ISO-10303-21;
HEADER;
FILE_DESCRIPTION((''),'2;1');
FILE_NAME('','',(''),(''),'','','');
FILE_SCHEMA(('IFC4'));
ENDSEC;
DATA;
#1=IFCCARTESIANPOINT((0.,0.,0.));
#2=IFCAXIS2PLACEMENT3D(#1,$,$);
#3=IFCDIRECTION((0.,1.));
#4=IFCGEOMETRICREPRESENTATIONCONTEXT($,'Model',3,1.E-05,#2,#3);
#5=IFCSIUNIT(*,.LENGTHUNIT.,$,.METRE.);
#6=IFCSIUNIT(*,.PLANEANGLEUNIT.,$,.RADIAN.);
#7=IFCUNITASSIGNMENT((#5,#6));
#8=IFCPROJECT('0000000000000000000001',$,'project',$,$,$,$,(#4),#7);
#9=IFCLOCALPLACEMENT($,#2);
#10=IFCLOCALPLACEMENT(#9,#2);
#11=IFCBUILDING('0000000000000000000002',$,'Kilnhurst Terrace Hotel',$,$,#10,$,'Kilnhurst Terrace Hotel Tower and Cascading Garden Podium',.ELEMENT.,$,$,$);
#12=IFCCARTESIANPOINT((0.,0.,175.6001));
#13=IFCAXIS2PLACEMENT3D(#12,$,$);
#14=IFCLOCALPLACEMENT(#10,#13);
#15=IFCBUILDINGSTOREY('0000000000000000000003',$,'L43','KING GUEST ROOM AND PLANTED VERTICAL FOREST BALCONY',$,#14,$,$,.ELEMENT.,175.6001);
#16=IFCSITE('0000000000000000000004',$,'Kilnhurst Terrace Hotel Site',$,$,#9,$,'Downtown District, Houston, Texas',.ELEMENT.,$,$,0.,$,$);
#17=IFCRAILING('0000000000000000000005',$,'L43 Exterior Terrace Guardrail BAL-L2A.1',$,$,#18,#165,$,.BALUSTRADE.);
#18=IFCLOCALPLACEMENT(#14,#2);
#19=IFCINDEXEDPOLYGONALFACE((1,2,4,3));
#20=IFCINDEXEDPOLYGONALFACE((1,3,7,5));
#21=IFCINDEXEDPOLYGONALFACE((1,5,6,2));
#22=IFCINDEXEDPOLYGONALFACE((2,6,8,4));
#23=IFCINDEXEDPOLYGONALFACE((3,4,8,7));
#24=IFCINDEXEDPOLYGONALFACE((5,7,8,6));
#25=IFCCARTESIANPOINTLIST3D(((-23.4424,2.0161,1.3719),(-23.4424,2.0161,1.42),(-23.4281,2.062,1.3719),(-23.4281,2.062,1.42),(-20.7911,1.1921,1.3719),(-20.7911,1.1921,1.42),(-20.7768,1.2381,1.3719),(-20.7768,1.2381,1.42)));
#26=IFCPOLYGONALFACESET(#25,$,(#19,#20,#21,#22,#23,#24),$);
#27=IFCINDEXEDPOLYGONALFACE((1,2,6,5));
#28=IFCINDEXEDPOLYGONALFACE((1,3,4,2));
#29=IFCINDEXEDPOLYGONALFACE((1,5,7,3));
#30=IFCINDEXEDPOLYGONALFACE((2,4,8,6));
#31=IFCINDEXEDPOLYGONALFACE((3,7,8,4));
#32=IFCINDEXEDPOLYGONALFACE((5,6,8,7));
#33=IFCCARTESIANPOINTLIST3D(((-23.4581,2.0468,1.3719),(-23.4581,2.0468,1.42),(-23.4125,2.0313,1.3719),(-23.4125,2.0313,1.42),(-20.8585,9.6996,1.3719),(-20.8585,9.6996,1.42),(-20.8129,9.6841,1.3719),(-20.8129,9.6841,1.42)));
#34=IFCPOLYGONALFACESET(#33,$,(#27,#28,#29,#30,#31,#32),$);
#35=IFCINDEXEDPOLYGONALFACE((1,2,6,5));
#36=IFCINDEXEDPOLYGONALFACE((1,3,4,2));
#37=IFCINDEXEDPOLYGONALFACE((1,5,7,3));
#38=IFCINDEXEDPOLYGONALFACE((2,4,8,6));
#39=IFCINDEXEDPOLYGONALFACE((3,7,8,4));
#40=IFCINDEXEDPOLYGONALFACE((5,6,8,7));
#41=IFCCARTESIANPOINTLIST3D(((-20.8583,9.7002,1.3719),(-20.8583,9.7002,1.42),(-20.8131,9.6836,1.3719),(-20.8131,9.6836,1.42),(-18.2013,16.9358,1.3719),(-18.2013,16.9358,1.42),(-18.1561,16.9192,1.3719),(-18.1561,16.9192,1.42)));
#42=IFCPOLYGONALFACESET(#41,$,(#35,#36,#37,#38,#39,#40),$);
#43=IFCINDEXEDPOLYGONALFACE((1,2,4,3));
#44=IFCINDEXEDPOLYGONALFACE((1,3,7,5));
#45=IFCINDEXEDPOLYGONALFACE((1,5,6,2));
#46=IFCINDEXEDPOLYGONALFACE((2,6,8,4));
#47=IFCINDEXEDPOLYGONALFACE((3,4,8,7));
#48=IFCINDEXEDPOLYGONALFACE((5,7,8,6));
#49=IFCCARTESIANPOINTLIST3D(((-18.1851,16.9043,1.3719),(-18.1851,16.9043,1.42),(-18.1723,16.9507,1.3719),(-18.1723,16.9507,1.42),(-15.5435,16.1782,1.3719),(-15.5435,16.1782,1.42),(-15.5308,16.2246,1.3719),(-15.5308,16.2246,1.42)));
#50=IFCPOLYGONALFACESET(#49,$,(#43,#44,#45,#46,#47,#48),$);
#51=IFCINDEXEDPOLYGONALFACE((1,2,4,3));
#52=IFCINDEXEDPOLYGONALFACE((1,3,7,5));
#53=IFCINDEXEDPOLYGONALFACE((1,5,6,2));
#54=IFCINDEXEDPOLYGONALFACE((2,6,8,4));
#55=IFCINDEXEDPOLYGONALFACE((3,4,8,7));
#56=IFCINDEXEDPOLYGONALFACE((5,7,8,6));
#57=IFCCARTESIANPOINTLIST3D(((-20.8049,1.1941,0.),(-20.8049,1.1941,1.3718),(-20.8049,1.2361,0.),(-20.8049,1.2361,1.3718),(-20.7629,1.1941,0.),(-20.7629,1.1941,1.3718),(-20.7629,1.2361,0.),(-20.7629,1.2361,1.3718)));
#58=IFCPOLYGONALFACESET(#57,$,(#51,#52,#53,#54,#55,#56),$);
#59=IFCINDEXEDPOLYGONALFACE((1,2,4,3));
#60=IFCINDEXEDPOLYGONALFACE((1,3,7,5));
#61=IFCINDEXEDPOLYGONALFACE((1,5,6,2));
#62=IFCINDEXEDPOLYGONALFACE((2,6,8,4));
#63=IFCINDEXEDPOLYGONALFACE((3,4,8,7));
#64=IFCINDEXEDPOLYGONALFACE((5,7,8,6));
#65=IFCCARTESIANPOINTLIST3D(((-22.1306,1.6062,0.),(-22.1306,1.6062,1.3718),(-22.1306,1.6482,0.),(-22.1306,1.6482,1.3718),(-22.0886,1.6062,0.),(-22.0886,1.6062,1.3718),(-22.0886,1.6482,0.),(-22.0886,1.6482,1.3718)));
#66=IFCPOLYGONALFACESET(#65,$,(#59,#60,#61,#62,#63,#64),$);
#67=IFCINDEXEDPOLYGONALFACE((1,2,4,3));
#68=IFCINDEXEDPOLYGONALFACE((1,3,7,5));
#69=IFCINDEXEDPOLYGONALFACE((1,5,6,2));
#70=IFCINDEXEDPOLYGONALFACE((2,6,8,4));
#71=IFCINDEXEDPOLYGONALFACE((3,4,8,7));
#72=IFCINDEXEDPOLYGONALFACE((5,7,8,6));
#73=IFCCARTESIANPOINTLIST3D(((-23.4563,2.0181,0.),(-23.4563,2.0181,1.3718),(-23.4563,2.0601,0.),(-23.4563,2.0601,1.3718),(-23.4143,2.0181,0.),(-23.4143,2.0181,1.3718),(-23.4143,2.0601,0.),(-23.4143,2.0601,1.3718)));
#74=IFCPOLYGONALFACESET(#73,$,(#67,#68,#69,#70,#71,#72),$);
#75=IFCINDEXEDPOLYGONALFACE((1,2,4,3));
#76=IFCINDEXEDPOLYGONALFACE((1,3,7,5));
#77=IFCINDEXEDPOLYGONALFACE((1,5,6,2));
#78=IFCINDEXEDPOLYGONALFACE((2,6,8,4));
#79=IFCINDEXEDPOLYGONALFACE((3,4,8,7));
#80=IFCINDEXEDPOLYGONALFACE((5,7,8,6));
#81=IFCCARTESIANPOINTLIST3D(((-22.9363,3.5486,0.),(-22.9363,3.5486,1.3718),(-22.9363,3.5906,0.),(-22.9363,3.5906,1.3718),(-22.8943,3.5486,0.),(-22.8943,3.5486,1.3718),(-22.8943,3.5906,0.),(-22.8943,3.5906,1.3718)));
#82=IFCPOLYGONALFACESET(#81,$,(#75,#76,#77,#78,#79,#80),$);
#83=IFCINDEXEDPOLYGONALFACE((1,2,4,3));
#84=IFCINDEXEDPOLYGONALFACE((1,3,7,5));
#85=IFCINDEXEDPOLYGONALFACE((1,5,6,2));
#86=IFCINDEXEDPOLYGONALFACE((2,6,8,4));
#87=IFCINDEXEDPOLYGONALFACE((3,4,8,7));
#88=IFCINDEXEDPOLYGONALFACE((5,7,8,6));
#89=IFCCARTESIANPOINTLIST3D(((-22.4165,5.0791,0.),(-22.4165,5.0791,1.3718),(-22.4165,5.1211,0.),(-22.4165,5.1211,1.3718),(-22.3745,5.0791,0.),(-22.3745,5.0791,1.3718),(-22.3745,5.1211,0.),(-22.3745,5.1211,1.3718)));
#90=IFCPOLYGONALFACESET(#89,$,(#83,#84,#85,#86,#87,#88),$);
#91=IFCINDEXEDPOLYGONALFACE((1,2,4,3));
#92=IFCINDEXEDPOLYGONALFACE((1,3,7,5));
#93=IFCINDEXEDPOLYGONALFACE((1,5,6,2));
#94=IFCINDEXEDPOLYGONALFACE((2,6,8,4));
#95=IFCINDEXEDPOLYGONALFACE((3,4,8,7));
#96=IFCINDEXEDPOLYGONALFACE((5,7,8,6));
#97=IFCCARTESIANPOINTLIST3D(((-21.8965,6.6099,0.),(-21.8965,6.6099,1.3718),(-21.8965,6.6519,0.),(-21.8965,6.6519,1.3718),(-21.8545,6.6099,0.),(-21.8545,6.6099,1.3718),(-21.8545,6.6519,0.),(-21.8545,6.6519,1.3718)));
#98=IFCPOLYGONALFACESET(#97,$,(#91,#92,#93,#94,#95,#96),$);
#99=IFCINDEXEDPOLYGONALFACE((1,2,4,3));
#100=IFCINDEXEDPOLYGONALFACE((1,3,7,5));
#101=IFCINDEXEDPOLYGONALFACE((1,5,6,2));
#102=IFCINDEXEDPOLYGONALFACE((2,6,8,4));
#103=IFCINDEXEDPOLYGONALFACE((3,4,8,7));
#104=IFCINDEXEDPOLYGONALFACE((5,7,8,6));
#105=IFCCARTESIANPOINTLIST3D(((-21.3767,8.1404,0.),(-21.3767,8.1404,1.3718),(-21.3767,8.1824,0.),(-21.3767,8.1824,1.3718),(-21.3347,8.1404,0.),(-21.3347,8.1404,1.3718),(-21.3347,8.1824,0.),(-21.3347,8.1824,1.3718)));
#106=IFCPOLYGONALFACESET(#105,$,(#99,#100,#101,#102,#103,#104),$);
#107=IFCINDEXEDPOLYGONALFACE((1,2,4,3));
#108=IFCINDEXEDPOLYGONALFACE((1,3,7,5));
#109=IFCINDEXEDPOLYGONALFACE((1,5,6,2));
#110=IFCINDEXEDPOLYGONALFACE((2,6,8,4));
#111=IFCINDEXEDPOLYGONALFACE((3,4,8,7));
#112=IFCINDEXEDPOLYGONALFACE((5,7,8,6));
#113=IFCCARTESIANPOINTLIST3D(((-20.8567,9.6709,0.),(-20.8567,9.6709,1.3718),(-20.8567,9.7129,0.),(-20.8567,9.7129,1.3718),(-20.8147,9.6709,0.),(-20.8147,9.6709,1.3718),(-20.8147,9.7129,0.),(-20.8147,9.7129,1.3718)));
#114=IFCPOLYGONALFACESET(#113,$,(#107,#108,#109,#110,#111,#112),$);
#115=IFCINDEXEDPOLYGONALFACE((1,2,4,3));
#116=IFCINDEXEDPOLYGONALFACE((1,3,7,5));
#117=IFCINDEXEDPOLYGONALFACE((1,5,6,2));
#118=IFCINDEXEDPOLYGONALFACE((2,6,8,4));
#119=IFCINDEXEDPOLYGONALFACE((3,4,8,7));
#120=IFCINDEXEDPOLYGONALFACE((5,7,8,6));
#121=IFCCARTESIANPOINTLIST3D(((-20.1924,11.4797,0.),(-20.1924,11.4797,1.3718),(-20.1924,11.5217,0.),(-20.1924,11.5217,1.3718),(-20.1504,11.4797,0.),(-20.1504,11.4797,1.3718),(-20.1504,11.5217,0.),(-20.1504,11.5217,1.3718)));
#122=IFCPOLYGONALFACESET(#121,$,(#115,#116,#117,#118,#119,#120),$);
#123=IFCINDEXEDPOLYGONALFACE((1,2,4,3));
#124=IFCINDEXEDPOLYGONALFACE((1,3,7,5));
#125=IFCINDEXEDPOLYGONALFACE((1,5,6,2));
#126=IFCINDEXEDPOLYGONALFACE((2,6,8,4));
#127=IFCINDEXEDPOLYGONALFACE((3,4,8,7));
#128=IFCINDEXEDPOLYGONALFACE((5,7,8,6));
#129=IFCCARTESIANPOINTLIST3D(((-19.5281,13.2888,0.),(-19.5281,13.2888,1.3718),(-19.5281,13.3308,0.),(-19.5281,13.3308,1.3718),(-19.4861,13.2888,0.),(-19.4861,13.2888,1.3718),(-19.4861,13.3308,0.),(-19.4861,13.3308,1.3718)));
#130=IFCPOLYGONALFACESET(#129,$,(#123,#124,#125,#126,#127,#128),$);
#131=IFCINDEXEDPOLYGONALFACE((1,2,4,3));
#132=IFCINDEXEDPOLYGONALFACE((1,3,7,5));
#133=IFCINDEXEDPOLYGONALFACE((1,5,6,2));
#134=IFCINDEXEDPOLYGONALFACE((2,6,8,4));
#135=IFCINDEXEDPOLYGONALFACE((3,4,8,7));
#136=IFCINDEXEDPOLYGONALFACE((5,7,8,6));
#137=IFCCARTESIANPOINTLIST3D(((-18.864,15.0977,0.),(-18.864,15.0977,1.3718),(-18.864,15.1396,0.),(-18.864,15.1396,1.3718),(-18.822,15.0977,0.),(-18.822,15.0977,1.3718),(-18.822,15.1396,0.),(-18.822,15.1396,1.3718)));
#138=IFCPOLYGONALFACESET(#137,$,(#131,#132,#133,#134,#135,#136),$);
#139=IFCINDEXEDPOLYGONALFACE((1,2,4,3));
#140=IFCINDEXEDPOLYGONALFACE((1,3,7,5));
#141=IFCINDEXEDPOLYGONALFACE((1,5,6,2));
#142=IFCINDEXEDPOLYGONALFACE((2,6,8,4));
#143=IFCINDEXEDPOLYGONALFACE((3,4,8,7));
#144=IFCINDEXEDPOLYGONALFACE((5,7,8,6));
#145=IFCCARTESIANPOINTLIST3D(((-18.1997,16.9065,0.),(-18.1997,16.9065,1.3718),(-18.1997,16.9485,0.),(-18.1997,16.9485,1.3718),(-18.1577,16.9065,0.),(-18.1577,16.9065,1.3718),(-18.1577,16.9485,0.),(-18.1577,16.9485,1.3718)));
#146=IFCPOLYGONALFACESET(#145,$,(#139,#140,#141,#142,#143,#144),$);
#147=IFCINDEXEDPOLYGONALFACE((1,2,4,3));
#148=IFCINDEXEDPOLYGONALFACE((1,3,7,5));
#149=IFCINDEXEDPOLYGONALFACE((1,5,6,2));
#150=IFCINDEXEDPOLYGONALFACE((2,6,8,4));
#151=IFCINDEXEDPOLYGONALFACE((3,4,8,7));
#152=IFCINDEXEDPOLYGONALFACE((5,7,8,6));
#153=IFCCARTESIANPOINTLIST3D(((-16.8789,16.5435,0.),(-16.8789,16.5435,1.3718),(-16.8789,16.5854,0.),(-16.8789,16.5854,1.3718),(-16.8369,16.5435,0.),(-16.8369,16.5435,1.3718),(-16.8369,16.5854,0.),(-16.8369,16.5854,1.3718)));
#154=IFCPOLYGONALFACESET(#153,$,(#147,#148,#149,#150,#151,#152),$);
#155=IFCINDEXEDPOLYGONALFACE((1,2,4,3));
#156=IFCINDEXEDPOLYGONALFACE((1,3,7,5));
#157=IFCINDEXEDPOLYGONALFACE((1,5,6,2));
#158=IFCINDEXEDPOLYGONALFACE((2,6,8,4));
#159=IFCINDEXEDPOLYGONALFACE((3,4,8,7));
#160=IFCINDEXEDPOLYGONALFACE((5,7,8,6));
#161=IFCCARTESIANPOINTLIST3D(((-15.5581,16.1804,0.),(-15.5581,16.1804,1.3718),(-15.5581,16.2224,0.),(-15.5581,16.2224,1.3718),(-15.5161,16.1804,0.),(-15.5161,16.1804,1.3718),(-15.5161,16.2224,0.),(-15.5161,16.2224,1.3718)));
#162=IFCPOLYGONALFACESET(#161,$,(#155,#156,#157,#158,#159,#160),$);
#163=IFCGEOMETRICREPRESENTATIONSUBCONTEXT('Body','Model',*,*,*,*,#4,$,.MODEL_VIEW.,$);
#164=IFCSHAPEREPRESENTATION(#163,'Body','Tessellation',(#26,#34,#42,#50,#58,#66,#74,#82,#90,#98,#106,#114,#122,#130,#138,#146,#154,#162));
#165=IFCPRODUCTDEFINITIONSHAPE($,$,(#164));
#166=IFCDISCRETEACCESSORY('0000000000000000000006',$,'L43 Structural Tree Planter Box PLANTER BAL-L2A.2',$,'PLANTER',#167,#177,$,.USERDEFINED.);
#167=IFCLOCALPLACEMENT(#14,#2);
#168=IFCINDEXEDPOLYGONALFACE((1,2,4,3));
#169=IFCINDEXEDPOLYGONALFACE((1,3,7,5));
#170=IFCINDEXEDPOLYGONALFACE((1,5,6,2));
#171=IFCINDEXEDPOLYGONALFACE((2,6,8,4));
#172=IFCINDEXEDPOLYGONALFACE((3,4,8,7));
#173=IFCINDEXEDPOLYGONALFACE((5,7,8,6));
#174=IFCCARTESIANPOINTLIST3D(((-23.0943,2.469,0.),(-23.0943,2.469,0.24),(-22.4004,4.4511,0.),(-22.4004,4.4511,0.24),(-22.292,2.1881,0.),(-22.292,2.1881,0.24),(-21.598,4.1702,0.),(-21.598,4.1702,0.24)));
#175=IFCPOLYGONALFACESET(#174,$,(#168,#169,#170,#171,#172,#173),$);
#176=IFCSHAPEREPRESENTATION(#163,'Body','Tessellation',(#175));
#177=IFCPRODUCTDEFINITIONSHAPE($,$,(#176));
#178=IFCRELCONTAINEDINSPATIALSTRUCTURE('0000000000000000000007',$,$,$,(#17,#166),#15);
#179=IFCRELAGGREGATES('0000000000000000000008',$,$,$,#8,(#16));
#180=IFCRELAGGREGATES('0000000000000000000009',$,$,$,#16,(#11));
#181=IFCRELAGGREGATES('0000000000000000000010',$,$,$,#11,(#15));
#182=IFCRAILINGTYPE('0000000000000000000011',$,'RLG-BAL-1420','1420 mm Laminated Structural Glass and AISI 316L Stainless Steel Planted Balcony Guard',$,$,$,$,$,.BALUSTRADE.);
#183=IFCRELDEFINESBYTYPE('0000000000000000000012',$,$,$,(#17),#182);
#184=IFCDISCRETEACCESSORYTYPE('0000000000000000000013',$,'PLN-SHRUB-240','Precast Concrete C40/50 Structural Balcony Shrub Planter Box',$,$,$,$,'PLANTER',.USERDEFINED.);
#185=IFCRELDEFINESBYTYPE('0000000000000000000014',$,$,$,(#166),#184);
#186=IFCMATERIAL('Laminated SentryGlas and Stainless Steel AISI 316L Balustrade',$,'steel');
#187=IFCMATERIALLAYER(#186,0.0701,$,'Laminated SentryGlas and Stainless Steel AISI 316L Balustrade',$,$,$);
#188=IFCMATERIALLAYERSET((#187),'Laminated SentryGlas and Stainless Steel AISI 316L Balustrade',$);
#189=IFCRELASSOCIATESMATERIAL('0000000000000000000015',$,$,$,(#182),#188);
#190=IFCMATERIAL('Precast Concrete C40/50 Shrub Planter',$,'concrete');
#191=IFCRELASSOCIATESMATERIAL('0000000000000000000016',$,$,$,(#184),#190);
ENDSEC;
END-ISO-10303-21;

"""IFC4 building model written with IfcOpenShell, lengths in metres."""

from ifc_helpers import new_model, si_unit, direction, frame, origin, origin_2d, place, context, subcontext, project, spatial, rectangle, extrude, material, layer, layer_set, type_object, element, save


model = new_model("IFC4")

# Units and contexts
model_context = context("Model", 3, precision=1e-05, world=origin(), true_north=direction((0.0, 1.0)))
body_context = subcontext(model_context, "Body", "Model", "MODEL_VIEW")
ifc_project = project(units=[si_unit("LENGTHUNIT", "METRE"), si_unit("PLANEANGLEUNIT", "RADIAN")], contexts=[model_context])

# Site, building, storey
site_placement = place(None, origin())
site = spatial("IfcSite", under=ifc_project, at=site_placement, Name="Kilnhurst Terrace Hotel Site", LongName="Downtown District, Houston, Texas", CompositionType="ELEMENT", RefElevation=0.0)
building_placement = place(site_placement, origin())
building = spatial("IfcBuilding", under=site, at=building_placement, Name="Kilnhurst Terrace Hotel", LongName="Kilnhurst Terrace Hotel Tower and Cascading Garden Podium", CompositionType="ELEMENT")
storey_placement = place(building_placement, frame((0.0, 0.0, 175.6001)))
storey = spatial("IfcBuildingStorey", under=building, at=storey_placement, Name="L43", Description="KING GUEST ROOM AND PLANTED VERTICAL FOREST BALCONY", CompositionType="ELEMENT", Elevation=175.6001)

# Railing
ifc_material_1 = material(Name="Laminated SentryGlas and Stainless Steel AISI 316L Balustrade", Category="steel")
ifc_layer_1 = layer(ifc_material_1, 0.0701, Name="Laminated SentryGlas and Stainless Steel AISI 316L Balustrade")
ifc_layer_set_1 = layer_set([ifc_layer_1], Name="Laminated SentryGlas and Stainless Steel AISI 316L Balustrade")
railing_type = type_object("IfcRailingType", Name="RLG-BAL-1420", Description="1420 mm Laminated Structural Glass and AISI 316L Stainless Steel Planted Balcony Guard", PredefinedType="BALUSTRADE", material=ifc_layer_set_1)
railing_placement = place(storey_placement, frame((-20.7839, 1.2151, 0.0)))
element("IfcRailing", 1, at=railing_placement, inside=storey, type_object=railing_type, Name="L43 Exterior Terrace Guardrail BAL-L2A.1", PredefinedType="BALUSTRADE", context=body_context, shape_type="SweptSolid", body=[
    extrude(rectangle(XDim=0.0481, YDim=0.0481, at=origin_2d()), frame((0.0, 0.0, 1.396), z_axis=(-0.954948, 0.296773, 0.0), x_axis=(-0.296773, -0.954948, 0.0)), (0.0, 0.0, 1.0), 2.7764),
    extrude(rectangle(XDim=0.0481, YDim=0.0481, at=origin_2d()), frame((-2.6514, 0.824, 1.396), z_axis=(0.321642, 0.946861, 0.0), x_axis=(-0.946861, 0.321642, 0.0)), (0.0, 0.0, 1.0), 8.0823),
    extrude(rectangle(XDim=0.0481, YDim=0.0481, at=origin_2d()), frame((-0.0518, 8.4768, 1.396), z_axis=(0.344704, 0.938711, 0.0), x_axis=(-0.938711, 0.344704, 0.0)), (0.0, 0.0, 1.0), 7.708),
    extrude(rectangle(XDim=0.0481, YDim=0.0481, at=origin_2d()), frame((2.6052, 15.7124, 1.396), z_axis=(0.96424, -0.265032, 0.0), x_axis=(0.265032, 0.96424, 0.0)), (0.0, 0.0, 1.0), 2.7395),
    extrude(rectangle(XDim=0.042, YDim=0.042, at=origin_2d()), origin(), (0.0, 0.0, 1.0), 1.3718),
    extrude(rectangle(XDim=0.042, YDim=0.042, at=origin_2d()), frame((-1.3257, 0.4121, 0.0)), (0.0, 0.0, 1.0), 1.3718),
    extrude(rectangle(XDim=0.042, YDim=0.042, at=origin_2d()), frame((-2.6514, 0.824, 0.0)), (0.0, 0.0, 1.0), 1.3718),
    extrude(rectangle(XDim=0.042, YDim=0.042, at=origin_2d()), frame((-2.1313, 2.3545, 0.0)), (0.0, 0.0, 1.0), 1.3718),
    extrude(rectangle(XDim=0.042, YDim=0.042, at=origin_2d()), frame((-1.6116, 3.885, 0.0)), (0.0, 0.0, 1.0), 1.3718),
    extrude(rectangle(XDim=0.042, YDim=0.042, at=origin_2d()), frame((-1.0916, 5.4158, 0.0)), (0.0, 0.0, 1.0), 1.3718),
    extrude(rectangle(XDim=0.042, YDim=0.042, at=origin_2d()), frame((-0.5718, 6.9463, 0.0)), (0.0, 0.0, 1.0), 1.3718),
    extrude(rectangle(XDim=0.042, YDim=0.042, at=origin_2d()), frame((-0.0518, 8.4768, 0.0)), (0.0, 0.0, 1.0), 1.3718),
    extrude(rectangle(XDim=0.042, YDim=0.042, at=origin_2d()), frame((0.6125, 10.2856, 0.0)), (0.0, 0.0, 1.0), 1.3718),
    extrude(rectangle(XDim=0.042, YDim=0.042, at=origin_2d()), frame((1.2769, 12.0947, 0.0)), (0.0, 0.0, 1.0), 1.3718),
    extrude(rectangle(XDim=0.042, YDim=0.042, at=origin_2d()), frame((1.9409, 13.9036, 0.0)), (0.0, 0.0, 1.0), 1.3718),
    extrude(rectangle(XDim=0.042, YDim=0.042, at=origin_2d()), frame((2.6052, 15.7124, 0.0)), (0.0, 0.0, 1.0), 1.3718),
    extrude(rectangle(XDim=0.042, YDim=0.042, at=origin_2d()), frame((3.926, 15.3494, 0.0)), (0.0, 0.0, 1.0), 1.3718),
    extrude(rectangle(XDim=0.042, YDim=0.042, at=origin_2d()), frame((5.2468, 14.9863, 0.0)), (0.0, 0.0, 1.0), 1.3718),
])

# Discrete accessory
ifc_material_2 = material(Name="Precast Concrete C40/50 Shrub Planter", Category="concrete")
discrete_accessory_type = type_object("IfcDiscreteAccessoryType", Name="PLN-SHRUB-240", Description="Precast Concrete C40/50 Structural Balcony Shrub Planter Box", ElementType="PLANTER", PredefinedType="USERDEFINED", material=ifc_material_2)
discrete_accessory_placement = place(storey_placement, frame((-22.3462, 3.3196, 0.0), z_axis=(0.0, 0.0, 1.0), x_axis=(-0.330432, -0.94383, 0.0)))
element("IfcDiscreteAccessory", 2, at=discrete_accessory_placement, inside=storey, type_object=discrete_accessory_type, Name="L43 Structural Tree Planter Box PLANTER BAL-L2A.2", ObjectType="PLANTER", PredefinedType="USERDEFINED", context=body_context, shape_type="SweptSolid", body=[
    extrude(rectangle(XDim=2.1001, YDim=0.8501, at=origin_2d()), origin(), (0.0, 0.0, 1.0), 0.24),
])

save(model, "model.ifc")
